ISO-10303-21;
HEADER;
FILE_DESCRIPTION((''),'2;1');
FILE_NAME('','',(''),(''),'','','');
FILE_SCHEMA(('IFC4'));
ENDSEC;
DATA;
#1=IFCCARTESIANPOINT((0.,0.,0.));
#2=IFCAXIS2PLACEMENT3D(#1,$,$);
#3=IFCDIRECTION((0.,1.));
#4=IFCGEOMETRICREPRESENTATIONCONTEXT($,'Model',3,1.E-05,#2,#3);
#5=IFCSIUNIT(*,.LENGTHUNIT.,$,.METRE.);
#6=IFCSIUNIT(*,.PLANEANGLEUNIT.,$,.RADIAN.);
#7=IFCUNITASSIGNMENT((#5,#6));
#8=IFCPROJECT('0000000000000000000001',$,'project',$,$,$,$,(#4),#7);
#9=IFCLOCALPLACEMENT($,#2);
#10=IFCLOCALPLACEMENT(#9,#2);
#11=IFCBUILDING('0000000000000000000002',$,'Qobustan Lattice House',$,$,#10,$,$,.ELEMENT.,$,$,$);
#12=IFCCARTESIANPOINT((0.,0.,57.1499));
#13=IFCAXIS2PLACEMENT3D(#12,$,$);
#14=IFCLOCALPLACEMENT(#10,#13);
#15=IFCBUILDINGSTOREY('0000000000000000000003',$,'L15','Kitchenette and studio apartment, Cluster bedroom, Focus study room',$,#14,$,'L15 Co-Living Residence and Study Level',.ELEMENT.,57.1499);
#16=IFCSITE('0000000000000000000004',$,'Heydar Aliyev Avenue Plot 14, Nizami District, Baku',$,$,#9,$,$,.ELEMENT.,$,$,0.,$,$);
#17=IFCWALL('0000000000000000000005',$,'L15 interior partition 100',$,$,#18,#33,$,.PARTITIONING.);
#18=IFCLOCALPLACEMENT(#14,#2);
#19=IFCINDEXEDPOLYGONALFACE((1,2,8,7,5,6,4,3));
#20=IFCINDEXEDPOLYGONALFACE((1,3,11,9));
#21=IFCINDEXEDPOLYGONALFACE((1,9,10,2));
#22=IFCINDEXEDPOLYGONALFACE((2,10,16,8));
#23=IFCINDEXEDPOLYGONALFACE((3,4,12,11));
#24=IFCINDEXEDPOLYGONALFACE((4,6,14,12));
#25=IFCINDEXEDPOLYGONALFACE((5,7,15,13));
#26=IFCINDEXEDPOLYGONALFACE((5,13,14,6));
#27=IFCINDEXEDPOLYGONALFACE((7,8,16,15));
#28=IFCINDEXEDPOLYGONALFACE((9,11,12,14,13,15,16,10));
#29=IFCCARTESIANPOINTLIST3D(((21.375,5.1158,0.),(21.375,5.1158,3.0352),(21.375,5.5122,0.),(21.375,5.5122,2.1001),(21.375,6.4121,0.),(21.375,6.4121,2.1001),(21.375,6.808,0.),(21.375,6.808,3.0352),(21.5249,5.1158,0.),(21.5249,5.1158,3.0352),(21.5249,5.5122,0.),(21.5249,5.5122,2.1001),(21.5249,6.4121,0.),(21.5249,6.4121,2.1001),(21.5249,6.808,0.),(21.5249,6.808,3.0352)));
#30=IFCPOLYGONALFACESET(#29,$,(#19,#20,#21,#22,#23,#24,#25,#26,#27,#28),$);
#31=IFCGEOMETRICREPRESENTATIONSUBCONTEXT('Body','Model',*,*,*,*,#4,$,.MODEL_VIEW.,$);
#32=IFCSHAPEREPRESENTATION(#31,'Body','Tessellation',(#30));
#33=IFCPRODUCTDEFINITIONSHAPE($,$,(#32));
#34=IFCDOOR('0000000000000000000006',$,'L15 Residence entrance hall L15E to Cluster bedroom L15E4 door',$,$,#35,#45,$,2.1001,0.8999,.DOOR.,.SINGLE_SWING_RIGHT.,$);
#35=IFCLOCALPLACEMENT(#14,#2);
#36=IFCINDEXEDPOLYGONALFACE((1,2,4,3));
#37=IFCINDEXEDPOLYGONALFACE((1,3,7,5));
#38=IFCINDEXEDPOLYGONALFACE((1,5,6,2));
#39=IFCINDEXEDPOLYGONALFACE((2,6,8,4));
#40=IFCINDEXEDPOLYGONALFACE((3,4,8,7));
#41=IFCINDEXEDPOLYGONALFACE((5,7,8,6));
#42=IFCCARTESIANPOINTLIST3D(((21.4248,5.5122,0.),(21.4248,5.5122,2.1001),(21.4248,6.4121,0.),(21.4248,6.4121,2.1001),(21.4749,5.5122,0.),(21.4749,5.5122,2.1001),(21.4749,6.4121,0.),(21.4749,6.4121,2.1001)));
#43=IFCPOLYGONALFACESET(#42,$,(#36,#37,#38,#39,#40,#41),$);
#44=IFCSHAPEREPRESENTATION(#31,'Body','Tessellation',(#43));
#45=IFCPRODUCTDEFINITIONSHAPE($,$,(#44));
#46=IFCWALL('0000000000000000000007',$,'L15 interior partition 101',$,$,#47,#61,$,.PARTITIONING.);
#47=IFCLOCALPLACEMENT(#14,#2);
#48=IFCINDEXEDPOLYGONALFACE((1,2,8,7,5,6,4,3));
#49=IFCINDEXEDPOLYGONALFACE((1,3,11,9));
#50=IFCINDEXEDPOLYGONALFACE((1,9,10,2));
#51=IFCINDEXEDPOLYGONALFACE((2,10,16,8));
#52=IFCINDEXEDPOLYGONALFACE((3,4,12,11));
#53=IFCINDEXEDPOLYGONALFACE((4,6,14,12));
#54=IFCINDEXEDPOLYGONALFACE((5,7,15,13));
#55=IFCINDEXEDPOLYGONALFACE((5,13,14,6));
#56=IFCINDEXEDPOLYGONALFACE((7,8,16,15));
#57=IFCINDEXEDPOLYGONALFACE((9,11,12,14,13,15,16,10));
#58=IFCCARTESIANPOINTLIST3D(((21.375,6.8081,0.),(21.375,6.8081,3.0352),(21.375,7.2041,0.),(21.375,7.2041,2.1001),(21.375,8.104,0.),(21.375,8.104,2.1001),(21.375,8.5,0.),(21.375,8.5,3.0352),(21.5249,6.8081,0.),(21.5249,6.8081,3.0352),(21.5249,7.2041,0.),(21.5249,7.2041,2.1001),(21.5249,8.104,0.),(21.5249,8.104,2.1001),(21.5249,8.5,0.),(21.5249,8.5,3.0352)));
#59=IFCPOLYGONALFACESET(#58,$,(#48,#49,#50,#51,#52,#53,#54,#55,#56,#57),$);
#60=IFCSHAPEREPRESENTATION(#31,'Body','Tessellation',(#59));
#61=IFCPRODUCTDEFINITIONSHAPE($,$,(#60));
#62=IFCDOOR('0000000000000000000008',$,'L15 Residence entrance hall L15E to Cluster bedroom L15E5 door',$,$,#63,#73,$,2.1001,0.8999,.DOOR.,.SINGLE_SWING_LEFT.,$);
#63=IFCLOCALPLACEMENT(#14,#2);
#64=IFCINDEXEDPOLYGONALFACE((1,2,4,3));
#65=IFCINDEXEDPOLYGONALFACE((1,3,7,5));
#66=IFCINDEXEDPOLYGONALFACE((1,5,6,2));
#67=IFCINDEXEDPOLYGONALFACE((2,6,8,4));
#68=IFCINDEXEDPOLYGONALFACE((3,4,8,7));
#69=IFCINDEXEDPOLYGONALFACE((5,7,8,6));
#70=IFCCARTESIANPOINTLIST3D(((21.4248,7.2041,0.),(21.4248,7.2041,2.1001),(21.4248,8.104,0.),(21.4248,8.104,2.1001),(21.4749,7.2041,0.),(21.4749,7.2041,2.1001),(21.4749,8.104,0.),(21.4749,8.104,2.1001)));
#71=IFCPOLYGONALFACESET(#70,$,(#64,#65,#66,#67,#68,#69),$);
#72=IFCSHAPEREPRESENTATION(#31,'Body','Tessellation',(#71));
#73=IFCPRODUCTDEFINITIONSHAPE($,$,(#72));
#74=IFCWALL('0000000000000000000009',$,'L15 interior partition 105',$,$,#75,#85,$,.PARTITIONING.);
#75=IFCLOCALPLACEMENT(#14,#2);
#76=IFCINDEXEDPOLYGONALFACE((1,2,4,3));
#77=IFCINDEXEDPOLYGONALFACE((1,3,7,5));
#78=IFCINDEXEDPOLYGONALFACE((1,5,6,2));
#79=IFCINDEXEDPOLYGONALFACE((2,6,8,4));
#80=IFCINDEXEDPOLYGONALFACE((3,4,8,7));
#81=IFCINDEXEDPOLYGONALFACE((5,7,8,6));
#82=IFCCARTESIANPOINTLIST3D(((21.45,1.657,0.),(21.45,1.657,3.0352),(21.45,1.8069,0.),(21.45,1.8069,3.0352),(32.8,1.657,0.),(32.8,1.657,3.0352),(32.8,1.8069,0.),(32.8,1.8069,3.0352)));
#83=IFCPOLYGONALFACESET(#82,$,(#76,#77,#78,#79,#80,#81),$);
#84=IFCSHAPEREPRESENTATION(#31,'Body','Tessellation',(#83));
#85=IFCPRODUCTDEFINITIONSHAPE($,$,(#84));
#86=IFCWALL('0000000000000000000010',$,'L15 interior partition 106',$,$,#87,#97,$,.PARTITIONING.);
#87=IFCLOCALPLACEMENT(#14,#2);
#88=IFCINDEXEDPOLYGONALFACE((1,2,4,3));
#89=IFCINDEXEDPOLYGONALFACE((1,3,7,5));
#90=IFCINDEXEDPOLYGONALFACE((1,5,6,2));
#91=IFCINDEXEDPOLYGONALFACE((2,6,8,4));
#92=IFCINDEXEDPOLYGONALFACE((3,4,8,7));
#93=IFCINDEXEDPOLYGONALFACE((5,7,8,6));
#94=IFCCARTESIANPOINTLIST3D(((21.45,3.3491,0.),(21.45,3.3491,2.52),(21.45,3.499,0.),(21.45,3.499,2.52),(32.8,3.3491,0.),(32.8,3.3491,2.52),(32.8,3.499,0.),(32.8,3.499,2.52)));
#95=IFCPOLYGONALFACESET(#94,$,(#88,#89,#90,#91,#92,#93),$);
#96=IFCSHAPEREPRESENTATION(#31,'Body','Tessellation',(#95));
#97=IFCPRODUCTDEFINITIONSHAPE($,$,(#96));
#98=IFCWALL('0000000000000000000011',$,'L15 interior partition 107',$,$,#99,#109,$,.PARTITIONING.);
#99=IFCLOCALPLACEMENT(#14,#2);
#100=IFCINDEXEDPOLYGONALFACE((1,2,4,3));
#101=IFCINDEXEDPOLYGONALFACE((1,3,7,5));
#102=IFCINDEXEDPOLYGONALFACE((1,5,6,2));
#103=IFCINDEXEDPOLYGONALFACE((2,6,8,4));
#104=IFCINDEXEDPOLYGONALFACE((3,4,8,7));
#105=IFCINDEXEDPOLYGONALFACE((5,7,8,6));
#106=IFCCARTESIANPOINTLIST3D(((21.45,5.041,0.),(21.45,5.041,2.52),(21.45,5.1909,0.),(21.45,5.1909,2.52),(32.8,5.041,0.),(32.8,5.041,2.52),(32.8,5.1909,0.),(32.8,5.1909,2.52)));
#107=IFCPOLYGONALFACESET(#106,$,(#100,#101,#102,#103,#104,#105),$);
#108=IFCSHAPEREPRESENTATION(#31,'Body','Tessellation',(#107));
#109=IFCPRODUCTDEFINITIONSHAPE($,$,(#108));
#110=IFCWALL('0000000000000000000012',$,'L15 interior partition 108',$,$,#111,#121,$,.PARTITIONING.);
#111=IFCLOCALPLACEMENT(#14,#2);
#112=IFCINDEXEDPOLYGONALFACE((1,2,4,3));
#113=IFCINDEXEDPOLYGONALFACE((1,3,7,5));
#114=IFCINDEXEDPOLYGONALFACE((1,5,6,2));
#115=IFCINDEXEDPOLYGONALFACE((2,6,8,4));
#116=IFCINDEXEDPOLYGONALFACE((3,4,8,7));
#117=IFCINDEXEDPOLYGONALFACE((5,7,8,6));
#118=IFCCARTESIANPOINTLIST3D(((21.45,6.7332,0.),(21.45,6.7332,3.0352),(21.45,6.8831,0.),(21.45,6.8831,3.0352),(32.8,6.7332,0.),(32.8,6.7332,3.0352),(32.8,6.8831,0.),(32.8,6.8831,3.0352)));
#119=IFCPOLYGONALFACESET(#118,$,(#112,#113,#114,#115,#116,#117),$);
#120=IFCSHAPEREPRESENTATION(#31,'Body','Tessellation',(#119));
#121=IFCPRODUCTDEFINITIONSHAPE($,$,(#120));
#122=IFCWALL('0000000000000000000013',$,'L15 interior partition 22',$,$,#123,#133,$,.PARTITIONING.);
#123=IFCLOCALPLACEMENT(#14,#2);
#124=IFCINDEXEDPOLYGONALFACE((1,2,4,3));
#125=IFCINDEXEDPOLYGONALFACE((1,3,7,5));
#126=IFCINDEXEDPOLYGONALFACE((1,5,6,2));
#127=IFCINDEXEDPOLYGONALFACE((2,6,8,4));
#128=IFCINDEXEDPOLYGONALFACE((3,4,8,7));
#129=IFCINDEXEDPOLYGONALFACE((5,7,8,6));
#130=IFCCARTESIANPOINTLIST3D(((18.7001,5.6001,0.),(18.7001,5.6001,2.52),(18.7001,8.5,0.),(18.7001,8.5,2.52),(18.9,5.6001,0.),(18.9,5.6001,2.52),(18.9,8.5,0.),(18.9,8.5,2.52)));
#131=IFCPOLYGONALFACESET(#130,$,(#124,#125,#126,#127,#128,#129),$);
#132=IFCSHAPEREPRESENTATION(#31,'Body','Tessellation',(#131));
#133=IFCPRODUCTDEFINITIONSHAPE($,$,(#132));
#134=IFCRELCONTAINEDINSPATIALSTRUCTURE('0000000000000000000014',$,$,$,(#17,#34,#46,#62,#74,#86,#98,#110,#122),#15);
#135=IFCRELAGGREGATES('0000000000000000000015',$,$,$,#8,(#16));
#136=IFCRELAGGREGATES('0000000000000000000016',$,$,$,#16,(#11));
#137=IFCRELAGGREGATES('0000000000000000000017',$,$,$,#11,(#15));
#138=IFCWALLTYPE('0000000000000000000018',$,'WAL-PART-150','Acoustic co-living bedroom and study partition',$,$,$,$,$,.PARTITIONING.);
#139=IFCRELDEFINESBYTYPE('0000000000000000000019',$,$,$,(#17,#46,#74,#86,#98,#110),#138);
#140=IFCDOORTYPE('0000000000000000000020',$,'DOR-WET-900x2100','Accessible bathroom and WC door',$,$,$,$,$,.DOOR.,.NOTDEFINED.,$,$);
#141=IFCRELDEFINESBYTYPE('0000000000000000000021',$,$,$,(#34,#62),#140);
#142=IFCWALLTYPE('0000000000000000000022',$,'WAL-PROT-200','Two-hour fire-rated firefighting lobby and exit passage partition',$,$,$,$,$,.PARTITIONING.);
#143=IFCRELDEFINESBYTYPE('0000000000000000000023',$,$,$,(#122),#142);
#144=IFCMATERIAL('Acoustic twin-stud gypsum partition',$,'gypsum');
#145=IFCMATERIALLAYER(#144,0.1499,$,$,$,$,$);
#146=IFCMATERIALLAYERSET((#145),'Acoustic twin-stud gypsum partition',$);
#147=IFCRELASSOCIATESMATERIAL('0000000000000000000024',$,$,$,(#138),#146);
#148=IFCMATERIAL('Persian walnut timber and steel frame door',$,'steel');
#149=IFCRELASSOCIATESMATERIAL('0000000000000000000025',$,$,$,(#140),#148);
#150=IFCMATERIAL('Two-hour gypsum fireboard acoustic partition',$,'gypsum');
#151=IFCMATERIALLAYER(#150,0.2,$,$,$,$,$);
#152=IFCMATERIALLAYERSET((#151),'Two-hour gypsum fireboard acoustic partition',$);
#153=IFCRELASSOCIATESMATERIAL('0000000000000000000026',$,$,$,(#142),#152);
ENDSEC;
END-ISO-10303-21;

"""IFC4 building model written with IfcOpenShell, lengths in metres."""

from ifc_helpers import new_model, si_unit, direction, frame, frame_2d, origin, place, context, subcontext, project, spatial, rectangle, extrude, material, layer, layer_set, type_object, element, fill, save


model = new_model("IFC4")

# Units and contexts
model_context = context("Model", 3, precision=1e-05, world=origin(), true_north=direction((0.0, 1.0)))
body_context = subcontext(model_context, "Body", "Model", "MODEL_VIEW")
ifc_project = project(units=[si_unit("LENGTHUNIT", "METRE"), si_unit("PLANEANGLEUNIT", "RADIAN")], contexts=[model_context])

# Site, building, storey
site_placement = place(None, origin())
site = spatial("IfcSite", under=ifc_project, at=site_placement, Name="Heydar Aliyev Avenue Plot 14, Nizami District, Baku", CompositionType="ELEMENT", RefElevation=0.0)
building_placement = place(site_placement, origin())
building = spatial("IfcBuilding", under=site, at=building_placement, Name="Qobustan Lattice House", CompositionType="ELEMENT")
storey_placement = place(building_placement, frame((0.0, 0.0, 57.1499)))
storey = spatial("IfcBuildingStorey", under=building, at=storey_placement, Name="L15", Description="Kitchenette and studio apartment, Cluster bedroom, Focus study room", LongName="L15 Co-Living Residence and Study Level", CompositionType="ELEMENT", Elevation=57.1499)

# Shared definitions
ifc_material_1 = material(Name="Acoustic twin-stud gypsum partition", Category="gypsum")
ifc_layer_1 = layer(ifc_material_1, 0.1499)
ifc_layer_set_1 = layer_set([ifc_layer_1], Name="Acoustic twin-stud gypsum partition")
wall_type_1 = type_object("IfcWallType", Name="WAL-PART-150", Description="Acoustic co-living bedroom and study partition", PredefinedType="PARTITIONING", material=ifc_layer_set_1)

# Walls, openings, doors
ifc_material_2 = material(Name="Persian walnut timber and steel frame door", Category="steel")
door_type_1 = type_object("IfcDoorType", Name="DOR-WET-900x2100", Description="Accessible bathroom and WC door", OperationType="NOTDEFINED", PredefinedType="DOOR", material=ifc_material_2)
wall_1_placement = place(storey_placement, frame((21.45, 6.8081, 0.0), z_axis=(0.0, 0.0, 1.0), x_axis=(0.0, -1.0, 0.0)))
wall_1 = element("IfcWall", 1, at=wall_1_placement, inside=storey, type_object=wall_type_1, Name="L15 interior partition 100", PredefinedType="PARTITIONING", context=body_context, shape_type="SweptSolid", body=[
    extrude(rectangle(XDim=1.6921, YDim=0.1499, at=frame_2d((0.8462, 0.0))), origin(), (0.0, 0.0, 1.0), 3.0352),
])
opening_1_placement = place(wall_1_placement, frame((0.396, 0.0, 0.0)))
opening_1 = element("IfcOpeningElement", 2, at=opening_1_placement, cuts=wall_1, PredefinedType="OPENING", context=body_context, shape_type="SweptSolid", body=[
    extrude(rectangle(XDim=0.8999, YDim=2.1001, at=frame_2d((0.45, 1.05))), frame((0.0, 0.085, 0.0), z_axis=(0.0, -1.0, 0.0), x_axis=(1.0, 0.0, 0.0)), (0.0, 0.0, 1.0), 0.1699),
])
door_1_placement = place(opening_1_placement, origin())
door_1 = element("IfcDoor", 3, at=door_1_placement, inside=storey, type_object=door_type_1, Name="L15 Residence entrance hall L15E to Cluster bedroom L15E4 door", OperationType="SINGLE_SWING_RIGHT", OverallHeight=2.1001, OverallWidth=0.8999, PredefinedType="DOOR", context=body_context, shape_type="SweptSolid", body=[
    extrude(rectangle(XDim=0.8999, YDim=2.1001, at=frame_2d((0.45, 1.05))), frame((0.0, 0.0249, 0.0), z_axis=(0.0, -1.0, 0.0), x_axis=(1.0, 0.0, 0.0)), (0.0, 0.0, 1.0), 0.05),
])
fill(opening_1, door_1)
wall_2_placement = place(storey_placement, frame((21.45, 8.5, 0.0), z_axis=(0.0, 0.0, 1.0), x_axis=(0.0, -1.0, 0.0)))
wall_2 = element("IfcWall", 4, at=wall_2_placement, inside=storey, type_object=wall_type_1, Name="L15 interior partition 101", PredefinedType="PARTITIONING", context=body_context, shape_type="SweptSolid", body=[
    extrude(rectangle(XDim=1.6919, YDim=0.1499, at=frame_2d((0.8459, 0.0))), origin(), (0.0, 0.0, 1.0), 3.0352),
])
opening_2_placement = place(wall_2_placement, frame((0.396, 0.0, 0.0)))
opening_2 = element("IfcOpeningElement", 5, at=opening_2_placement, cuts=wall_2, PredefinedType="OPENING", context=body_context, shape_type="SweptSolid", body=[
    extrude(rectangle(XDim=0.8999, YDim=2.1001, at=frame_2d((0.45, 1.05))), frame((0.0, 0.085, 0.0), z_axis=(0.0, -1.0, 0.0), x_axis=(1.0, 0.0, 0.0)), (0.0, 0.0, 1.0), 0.1699),
])
door_2_placement = place(opening_2_placement, origin())
door_2 = element("IfcDoor", 6, at=door_2_placement, inside=storey, type_object=door_type_1, Name="L15 Residence entrance hall L15E to Cluster bedroom L15E5 door", OperationType="SINGLE_SWING_LEFT", OverallHeight=2.1001, OverallWidth=0.8999, PredefinedType="DOOR", context=body_context, shape_type="SweptSolid", body=[
    extrude(rectangle(XDim=0.8999, YDim=2.1001, at=frame_2d((0.45, 1.05))), frame((0.0, 0.0249, 0.0), z_axis=(0.0, -1.0, 0.0), x_axis=(1.0, 0.0, 0.0)), (0.0, 0.0, 1.0), 0.05),
])
fill(opening_2, door_2)

# Walls
wall_3_placement = place(storey_placement, frame((21.45, 1.7319, 0.0), z_axis=(0.0, 0.0, 1.0), x_axis=(1.0, 0.0, 0.0)))
element("IfcWall", 7, at=wall_3_placement, inside=storey, type_object=wall_type_1, Name="L15 interior partition 105", PredefinedType="PARTITIONING", context=body_context, shape_type="SweptSolid", body=[
    extrude(rectangle(XDim=11.3501, YDim=0.1499, at=frame_2d((5.675, 0.0))), origin(), (0.0, 0.0, 1.0), 3.0352),
])
for number, where, z_axis, x_axis, name in (
    (8, (21.45, 3.4241, 0.0), (0.0, 0.0, 1.0), (1.0, 0.0, 0.0), "L15 interior partition 106"),
    (9, (21.45, 5.116, 0.0), (0.0, 0.0, 1.0), (1.0, 0.0, 0.0), "L15 interior partition 107"),
):
    element("IfcWall", number, at=place(storey_placement, frame(where, z_axis=z_axis, x_axis=x_axis)), inside=storey, type_object=wall_type_1, Name=name, PredefinedType="PARTITIONING", context=body_context, shape_type="SweptSolid", body=[
        extrude(rectangle(XDim=11.3501, YDim=0.1499, at=frame_2d((5.675, 0.0))), origin(), (0.0, 0.0, 1.0), 2.52),
    ])
wall_4_placement = place(storey_placement, frame((21.45, 6.8081, 0.0), z_axis=(0.0, 0.0, 1.0), x_axis=(1.0, 0.0, 0.0)))
element("IfcWall", 10, at=wall_4_placement, inside=storey, type_object=wall_type_1, Name="L15 interior partition 108", PredefinedType="PARTITIONING", context=body_context, shape_type="SweptSolid", body=[
    extrude(rectangle(XDim=11.3501, YDim=0.1499, at=frame_2d((5.675, 0.0))), origin(), (0.0, 0.0, 1.0), 3.0352),
])

# Shared definitions
ifc_material_3 = material(Name="Two-hour gypsum fireboard acoustic partition", Category="gypsum")
ifc_layer_2 = layer(ifc_material_3, 0.2)
ifc_layer_set_2 = layer_set([ifc_layer_2], Name="Two-hour gypsum fireboard acoustic partition")
wall_type_2 = type_object("IfcWallType", Name="WAL-PROT-200", Description="Two-hour fire-rated firefighting lobby and exit passage partition", PredefinedType="PARTITIONING", material=ifc_layer_set_2)

# Wall
wall_5_placement = place(storey_placement, frame((18.8, 5.6001, 0.0), z_axis=(0.0, 0.0, 1.0), x_axis=(0.0, 1.0, 0.0)))
element("IfcWall", 11, at=wall_5_placement, inside=storey, type_object=wall_type_2, Name="L15 interior partition 22", PredefinedType="PARTITIONING", context=body_context, shape_type="SweptSolid", body=[
    extrude(rectangle(XDim=2.8999, YDim=0.2, at=frame_2d((1.45, 0.0))), origin(), (0.0, 0.0, 1.0), 2.52),
])

save(model, "model.ifc")
